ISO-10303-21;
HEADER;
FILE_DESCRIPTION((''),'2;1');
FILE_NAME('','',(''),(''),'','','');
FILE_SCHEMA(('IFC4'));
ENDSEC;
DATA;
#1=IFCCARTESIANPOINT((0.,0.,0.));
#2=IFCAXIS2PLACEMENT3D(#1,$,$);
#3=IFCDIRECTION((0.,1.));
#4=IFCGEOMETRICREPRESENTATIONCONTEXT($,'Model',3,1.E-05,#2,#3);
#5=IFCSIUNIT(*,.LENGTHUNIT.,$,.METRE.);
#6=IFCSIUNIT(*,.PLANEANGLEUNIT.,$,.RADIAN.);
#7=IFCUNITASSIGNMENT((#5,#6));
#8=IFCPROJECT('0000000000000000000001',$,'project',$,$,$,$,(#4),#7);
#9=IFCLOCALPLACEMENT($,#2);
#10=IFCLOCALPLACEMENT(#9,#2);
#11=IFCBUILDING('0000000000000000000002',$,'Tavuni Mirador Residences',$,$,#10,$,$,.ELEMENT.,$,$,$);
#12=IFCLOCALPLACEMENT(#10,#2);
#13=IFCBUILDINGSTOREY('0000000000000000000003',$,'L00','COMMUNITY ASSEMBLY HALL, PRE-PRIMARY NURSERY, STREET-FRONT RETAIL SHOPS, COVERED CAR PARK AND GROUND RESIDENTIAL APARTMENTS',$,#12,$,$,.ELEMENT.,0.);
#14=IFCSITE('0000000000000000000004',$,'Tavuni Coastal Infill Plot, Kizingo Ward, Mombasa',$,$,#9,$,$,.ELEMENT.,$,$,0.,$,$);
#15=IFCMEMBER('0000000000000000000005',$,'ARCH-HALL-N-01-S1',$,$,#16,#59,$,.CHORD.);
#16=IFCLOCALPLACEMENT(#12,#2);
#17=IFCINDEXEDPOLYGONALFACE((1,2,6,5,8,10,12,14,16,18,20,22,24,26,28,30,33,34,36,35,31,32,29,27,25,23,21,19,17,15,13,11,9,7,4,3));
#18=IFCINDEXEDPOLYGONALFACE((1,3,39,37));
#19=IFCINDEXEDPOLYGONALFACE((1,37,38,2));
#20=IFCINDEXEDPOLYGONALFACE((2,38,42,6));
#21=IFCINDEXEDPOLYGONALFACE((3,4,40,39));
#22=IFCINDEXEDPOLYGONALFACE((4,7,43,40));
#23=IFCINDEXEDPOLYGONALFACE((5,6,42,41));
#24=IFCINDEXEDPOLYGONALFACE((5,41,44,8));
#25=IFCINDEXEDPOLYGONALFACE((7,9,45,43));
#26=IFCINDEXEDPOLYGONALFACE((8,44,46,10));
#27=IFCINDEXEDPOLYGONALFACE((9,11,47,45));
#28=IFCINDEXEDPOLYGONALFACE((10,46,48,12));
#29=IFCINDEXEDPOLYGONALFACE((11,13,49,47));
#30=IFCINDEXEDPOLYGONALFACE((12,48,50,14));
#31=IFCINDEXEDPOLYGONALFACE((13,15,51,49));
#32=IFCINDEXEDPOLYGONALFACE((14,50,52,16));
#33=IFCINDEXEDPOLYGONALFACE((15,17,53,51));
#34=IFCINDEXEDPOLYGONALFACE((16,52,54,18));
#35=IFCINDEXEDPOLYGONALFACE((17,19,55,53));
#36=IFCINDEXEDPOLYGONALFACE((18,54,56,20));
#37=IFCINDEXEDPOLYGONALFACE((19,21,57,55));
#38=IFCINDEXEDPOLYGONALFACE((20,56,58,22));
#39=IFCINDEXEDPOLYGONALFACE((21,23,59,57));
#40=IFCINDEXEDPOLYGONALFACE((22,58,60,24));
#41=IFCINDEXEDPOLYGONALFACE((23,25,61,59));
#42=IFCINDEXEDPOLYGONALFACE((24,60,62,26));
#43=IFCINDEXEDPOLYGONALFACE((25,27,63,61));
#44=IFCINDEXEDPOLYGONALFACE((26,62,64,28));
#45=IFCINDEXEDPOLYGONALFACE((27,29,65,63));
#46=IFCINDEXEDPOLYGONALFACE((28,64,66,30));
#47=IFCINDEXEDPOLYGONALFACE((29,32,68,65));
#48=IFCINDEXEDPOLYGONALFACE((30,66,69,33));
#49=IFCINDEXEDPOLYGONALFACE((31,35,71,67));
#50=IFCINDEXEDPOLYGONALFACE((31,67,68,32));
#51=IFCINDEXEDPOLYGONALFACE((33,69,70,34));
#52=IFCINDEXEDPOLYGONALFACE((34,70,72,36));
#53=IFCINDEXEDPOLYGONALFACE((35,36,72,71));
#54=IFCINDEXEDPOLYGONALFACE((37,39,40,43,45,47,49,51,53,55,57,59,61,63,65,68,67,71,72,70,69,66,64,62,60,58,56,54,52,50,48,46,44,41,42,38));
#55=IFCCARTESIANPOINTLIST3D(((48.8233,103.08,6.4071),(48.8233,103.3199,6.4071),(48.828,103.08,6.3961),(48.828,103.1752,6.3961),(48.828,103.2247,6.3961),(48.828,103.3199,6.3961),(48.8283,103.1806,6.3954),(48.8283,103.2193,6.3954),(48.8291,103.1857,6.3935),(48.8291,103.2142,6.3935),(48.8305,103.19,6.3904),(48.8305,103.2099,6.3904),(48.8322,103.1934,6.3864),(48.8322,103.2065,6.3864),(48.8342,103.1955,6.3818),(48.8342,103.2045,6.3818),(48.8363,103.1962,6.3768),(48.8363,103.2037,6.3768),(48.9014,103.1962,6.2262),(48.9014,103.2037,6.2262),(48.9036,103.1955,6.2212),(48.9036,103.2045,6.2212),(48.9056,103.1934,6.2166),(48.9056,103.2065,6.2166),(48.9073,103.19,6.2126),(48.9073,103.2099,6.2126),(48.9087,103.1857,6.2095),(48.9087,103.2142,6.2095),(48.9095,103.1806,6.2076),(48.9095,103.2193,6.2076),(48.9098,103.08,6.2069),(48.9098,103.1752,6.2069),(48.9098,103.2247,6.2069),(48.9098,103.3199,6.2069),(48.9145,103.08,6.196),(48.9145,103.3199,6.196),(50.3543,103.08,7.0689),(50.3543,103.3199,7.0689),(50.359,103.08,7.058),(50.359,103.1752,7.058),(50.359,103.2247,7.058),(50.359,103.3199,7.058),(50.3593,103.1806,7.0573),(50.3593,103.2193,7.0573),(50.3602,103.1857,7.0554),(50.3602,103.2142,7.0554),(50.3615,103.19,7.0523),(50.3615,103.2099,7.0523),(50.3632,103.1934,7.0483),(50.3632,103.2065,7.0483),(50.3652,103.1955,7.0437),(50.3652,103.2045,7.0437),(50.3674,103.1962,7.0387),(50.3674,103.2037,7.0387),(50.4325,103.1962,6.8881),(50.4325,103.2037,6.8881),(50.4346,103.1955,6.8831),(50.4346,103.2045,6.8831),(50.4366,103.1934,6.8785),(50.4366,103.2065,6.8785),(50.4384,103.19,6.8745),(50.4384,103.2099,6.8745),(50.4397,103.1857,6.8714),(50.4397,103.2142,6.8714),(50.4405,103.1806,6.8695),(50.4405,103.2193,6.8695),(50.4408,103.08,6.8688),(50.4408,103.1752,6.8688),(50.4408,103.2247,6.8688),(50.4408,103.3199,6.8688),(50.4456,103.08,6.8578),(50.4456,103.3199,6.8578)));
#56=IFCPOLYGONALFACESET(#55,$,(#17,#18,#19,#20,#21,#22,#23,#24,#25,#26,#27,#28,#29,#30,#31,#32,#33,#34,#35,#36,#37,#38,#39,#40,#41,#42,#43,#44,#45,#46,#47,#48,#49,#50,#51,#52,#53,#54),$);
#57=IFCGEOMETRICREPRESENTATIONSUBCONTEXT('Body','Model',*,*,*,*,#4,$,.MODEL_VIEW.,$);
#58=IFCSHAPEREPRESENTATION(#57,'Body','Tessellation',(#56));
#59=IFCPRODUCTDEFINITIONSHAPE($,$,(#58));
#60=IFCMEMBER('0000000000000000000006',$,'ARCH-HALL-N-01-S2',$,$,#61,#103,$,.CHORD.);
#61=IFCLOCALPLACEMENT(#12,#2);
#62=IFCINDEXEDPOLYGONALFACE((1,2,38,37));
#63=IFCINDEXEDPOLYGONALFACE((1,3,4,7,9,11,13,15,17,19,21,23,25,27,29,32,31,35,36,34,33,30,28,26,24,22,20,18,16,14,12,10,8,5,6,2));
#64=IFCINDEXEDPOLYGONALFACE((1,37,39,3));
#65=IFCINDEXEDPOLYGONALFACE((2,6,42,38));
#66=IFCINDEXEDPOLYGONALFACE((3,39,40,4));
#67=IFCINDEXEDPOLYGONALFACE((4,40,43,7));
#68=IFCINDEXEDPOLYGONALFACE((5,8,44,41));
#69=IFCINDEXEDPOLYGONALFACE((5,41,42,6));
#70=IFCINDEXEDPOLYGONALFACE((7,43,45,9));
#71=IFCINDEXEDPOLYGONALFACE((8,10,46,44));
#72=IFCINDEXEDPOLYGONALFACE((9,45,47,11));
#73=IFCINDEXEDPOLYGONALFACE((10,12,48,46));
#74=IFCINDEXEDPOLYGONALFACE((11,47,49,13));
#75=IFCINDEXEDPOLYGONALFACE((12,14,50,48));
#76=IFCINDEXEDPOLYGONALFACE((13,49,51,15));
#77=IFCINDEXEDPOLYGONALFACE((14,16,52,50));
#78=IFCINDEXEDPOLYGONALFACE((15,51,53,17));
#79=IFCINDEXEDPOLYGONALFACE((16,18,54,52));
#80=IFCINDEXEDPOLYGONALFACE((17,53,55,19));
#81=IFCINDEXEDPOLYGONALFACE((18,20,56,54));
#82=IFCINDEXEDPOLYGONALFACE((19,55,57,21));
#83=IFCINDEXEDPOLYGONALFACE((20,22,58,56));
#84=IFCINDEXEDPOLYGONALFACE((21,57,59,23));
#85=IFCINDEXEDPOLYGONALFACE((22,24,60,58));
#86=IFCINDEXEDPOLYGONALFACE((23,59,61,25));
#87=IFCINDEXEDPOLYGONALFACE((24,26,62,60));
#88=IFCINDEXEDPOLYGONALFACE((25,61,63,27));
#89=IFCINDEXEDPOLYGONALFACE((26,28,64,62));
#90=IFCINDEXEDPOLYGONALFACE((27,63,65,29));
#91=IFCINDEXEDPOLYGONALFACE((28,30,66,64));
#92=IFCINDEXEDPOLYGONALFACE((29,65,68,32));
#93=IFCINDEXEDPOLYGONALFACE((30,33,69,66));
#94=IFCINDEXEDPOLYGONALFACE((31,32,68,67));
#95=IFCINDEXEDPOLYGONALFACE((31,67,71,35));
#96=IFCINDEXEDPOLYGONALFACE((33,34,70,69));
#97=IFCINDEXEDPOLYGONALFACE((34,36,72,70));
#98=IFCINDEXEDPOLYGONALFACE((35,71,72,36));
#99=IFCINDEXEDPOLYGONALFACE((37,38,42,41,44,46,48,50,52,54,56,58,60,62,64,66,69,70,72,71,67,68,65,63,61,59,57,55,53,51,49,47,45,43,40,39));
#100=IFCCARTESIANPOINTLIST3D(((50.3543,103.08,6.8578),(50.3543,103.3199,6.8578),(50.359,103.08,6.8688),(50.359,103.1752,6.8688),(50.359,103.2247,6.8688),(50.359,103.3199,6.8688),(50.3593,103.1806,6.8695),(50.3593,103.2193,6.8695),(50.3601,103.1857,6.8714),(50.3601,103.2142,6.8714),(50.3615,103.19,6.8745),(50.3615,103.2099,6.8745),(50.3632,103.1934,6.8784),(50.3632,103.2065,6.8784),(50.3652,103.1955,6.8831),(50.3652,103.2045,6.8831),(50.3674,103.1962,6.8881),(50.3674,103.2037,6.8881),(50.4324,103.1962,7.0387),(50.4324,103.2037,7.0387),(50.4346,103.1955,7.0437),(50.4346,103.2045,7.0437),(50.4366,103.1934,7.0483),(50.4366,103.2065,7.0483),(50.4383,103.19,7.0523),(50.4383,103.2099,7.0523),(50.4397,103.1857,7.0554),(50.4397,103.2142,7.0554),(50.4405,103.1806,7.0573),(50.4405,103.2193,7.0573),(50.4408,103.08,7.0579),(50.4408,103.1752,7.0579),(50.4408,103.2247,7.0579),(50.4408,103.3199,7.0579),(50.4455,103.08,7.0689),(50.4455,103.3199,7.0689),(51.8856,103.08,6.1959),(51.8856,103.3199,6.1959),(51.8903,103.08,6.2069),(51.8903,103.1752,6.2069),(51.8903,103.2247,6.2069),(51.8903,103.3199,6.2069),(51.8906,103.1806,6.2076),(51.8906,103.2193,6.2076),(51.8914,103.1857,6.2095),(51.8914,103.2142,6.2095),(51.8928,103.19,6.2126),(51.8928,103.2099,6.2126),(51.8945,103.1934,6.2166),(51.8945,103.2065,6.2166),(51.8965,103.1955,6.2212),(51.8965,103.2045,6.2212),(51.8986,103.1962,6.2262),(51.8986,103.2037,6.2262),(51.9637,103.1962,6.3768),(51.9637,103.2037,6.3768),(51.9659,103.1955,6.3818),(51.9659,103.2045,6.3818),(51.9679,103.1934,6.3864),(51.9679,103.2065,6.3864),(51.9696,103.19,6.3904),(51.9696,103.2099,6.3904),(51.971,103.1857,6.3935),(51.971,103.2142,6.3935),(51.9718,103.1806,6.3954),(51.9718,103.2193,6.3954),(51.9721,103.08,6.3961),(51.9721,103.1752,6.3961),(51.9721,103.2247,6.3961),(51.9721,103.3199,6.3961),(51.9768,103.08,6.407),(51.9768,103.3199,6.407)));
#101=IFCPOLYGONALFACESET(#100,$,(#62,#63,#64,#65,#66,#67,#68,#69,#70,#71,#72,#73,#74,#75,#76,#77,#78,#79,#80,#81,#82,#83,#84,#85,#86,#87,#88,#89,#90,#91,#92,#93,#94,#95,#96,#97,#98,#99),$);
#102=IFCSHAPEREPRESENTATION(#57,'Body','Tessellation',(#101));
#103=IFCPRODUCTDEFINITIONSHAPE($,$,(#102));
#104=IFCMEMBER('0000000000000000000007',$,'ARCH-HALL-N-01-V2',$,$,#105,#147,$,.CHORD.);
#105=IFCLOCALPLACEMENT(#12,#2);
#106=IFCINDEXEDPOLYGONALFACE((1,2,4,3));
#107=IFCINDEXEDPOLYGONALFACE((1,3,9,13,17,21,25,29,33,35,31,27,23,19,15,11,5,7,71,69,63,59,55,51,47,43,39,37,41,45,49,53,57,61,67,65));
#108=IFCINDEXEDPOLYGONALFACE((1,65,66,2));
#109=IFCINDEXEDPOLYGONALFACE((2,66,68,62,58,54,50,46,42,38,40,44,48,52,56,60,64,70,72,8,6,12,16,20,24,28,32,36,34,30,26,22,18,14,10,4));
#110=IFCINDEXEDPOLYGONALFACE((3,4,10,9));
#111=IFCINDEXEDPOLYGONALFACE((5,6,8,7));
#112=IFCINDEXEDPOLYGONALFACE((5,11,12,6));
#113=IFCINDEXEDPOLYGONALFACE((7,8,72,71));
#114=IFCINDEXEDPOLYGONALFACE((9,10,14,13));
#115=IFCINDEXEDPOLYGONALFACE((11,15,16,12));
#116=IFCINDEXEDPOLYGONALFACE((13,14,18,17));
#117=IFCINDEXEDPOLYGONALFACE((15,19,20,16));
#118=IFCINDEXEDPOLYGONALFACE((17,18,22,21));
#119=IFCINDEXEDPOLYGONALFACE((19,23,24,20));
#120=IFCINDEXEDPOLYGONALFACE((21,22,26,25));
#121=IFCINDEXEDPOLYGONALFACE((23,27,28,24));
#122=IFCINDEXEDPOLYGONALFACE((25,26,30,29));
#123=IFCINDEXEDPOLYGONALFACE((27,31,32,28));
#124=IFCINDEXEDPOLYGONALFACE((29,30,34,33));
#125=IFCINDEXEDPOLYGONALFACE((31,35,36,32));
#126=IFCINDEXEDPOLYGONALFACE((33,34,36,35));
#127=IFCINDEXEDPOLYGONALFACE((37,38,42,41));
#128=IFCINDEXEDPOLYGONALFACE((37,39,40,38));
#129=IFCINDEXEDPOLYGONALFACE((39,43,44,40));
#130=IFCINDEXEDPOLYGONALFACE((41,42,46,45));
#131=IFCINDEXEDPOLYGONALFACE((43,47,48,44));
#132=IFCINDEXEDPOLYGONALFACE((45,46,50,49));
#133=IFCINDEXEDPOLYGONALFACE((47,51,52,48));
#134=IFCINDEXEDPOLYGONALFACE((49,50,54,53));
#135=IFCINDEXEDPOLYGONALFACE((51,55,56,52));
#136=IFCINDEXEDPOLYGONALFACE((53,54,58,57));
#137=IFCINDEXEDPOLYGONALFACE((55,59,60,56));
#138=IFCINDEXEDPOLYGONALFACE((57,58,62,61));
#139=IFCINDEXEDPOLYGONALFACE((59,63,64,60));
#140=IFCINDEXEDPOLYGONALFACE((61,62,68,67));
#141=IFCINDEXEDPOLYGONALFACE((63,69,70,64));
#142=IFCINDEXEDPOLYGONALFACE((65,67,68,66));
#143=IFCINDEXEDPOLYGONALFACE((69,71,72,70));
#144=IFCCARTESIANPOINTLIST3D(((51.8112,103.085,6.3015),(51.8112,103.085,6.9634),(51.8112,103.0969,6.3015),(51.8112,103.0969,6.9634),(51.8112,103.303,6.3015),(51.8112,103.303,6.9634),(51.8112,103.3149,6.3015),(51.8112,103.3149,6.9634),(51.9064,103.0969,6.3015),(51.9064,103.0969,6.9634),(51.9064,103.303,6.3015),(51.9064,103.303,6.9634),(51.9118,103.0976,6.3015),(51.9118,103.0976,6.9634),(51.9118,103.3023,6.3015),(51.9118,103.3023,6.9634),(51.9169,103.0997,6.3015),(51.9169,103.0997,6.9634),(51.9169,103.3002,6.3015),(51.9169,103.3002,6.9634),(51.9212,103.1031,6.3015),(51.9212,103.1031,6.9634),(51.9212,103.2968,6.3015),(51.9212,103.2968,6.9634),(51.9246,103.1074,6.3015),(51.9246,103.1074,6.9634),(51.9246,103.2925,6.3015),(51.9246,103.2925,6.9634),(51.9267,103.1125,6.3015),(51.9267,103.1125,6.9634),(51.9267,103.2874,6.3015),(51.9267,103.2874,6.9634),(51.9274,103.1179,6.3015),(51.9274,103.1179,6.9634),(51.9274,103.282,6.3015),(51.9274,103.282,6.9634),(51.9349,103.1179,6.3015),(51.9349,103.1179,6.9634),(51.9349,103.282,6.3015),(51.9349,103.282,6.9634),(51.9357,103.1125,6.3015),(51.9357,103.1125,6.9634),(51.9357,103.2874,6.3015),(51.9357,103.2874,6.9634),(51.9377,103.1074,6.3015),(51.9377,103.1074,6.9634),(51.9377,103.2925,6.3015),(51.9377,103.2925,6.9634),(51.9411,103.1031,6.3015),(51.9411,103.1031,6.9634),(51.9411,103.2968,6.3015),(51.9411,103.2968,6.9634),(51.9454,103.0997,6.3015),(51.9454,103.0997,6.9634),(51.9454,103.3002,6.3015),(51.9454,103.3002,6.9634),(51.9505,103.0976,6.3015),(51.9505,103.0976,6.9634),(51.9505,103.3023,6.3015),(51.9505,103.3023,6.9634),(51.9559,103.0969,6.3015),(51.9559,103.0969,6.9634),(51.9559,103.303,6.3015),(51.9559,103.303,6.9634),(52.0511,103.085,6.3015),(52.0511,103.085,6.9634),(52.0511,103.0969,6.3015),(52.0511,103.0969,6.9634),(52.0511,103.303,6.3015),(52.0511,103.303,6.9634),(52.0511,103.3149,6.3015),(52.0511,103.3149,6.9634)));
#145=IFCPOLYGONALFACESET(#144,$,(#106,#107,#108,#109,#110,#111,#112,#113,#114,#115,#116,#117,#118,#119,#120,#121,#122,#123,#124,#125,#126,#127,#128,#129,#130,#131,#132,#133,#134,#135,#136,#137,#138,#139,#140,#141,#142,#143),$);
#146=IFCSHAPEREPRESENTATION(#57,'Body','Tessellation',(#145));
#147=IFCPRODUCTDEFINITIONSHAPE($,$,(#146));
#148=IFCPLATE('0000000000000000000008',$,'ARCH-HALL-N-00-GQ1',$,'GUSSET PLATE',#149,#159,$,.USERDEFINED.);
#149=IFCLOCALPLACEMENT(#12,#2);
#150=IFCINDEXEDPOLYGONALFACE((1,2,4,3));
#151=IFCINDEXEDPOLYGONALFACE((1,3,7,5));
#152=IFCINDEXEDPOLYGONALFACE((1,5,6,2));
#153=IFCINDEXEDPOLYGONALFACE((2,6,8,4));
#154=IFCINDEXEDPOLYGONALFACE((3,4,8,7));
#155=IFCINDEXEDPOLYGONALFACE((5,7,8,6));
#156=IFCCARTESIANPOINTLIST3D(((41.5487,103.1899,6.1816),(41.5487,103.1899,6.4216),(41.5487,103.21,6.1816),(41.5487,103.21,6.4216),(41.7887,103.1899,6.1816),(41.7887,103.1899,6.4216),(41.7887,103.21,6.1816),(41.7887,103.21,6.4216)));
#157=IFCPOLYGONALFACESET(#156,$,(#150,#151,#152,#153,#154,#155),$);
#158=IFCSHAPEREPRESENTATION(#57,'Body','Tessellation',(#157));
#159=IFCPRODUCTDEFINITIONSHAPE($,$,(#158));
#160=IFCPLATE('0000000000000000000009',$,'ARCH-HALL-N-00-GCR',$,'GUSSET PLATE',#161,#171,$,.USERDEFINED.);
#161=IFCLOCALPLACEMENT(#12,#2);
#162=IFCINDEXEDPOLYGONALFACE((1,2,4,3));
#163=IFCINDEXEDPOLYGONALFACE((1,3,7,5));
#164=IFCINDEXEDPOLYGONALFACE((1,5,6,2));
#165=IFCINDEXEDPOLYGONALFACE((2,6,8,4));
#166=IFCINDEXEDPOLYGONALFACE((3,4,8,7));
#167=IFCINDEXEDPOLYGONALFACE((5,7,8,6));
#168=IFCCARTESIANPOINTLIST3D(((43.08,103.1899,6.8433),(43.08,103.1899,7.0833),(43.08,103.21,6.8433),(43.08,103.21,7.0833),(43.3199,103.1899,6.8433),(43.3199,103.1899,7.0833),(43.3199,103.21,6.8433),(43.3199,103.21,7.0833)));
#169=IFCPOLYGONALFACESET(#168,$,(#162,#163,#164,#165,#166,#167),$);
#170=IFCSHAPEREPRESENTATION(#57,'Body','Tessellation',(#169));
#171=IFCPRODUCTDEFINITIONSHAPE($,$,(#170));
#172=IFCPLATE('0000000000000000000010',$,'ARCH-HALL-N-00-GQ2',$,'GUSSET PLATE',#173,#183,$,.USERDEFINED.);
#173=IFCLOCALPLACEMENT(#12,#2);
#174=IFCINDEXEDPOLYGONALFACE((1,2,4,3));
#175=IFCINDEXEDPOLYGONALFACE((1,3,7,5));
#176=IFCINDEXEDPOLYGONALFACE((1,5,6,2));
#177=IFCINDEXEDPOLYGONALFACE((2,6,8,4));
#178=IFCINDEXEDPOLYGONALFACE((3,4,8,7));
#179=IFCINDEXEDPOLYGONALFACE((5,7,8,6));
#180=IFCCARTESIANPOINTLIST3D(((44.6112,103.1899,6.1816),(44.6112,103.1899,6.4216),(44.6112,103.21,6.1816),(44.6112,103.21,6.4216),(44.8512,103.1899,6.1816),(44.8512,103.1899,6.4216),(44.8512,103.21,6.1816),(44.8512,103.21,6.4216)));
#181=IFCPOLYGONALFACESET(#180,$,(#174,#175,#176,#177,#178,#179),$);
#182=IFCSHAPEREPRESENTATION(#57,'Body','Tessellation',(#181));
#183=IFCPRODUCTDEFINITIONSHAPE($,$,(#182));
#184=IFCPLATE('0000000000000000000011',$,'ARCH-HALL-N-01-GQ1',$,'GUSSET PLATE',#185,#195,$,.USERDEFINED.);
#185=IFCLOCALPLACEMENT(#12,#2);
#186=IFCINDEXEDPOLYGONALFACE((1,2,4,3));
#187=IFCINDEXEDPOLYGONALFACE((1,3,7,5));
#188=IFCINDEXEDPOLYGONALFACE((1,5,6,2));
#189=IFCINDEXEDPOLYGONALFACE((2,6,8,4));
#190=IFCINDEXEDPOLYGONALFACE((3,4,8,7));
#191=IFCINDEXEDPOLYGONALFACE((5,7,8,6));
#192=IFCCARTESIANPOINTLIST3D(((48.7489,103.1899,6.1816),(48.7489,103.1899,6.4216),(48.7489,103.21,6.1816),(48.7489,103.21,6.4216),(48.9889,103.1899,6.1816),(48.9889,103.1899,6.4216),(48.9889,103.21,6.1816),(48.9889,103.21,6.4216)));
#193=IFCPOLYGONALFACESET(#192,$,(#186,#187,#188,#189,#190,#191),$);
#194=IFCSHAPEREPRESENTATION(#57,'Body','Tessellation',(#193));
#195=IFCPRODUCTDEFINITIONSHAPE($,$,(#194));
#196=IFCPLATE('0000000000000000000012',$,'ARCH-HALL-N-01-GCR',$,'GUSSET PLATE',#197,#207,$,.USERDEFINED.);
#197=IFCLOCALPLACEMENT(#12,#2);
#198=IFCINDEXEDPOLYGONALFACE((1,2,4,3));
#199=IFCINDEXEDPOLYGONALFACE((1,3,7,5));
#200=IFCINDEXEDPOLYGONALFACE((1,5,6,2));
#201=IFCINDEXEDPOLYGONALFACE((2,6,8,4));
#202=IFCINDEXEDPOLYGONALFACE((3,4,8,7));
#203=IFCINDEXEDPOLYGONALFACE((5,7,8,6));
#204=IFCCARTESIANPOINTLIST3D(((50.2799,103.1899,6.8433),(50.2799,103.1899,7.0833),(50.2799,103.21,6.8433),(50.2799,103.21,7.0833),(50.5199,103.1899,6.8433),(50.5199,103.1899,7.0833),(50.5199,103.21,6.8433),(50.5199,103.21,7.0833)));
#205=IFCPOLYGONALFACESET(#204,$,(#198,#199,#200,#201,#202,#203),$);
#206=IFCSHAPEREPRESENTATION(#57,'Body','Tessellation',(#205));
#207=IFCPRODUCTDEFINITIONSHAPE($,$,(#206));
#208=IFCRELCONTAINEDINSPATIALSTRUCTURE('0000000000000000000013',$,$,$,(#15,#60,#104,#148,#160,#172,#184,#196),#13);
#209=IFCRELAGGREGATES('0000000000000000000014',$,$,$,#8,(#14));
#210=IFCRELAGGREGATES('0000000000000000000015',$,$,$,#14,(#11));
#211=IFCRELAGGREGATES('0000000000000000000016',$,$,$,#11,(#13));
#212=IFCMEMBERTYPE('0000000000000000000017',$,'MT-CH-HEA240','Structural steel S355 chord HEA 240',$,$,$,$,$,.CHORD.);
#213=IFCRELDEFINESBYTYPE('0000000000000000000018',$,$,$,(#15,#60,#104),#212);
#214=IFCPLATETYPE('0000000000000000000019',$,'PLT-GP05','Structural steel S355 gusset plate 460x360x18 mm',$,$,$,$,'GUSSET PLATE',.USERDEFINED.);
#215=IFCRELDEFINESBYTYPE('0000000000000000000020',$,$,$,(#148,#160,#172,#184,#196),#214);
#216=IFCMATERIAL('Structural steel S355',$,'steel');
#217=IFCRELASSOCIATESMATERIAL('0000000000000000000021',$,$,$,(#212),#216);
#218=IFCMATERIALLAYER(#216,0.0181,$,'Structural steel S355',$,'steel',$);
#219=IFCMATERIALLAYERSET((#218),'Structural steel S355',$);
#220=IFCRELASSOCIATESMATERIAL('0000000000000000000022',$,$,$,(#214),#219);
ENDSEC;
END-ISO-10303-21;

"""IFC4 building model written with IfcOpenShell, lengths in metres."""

from ifc_helpers import new_model, si_unit, direction, frame, origin, origin_2d, place, context, subcontext, project, spatial, rectangle, i_section, extrude, material, layer, layer_set, material_profile, profile_set, type_object, element, save


model = new_model("IFC4")

# Units and contexts
model_context = context("Model", 3, precision=1e-05, world=origin(), true_north=direction((0.0, 1.0)))
body_context = subcontext(model_context, "Body", "Model", "MODEL_VIEW")
ifc_project = project(units=[si_unit("LENGTHUNIT", "METRE"), si_unit("PLANEANGLEUNIT", "RADIAN")], contexts=[model_context])

# Site, building, storey
site_placement = place(None, origin())
site = spatial("IfcSite", under=ifc_project, at=site_placement, Name="Tavuni Coastal Infill Plot, Kizingo Ward, Mombasa", CompositionType="ELEMENT", RefElevation=0.0)
building_placement = place(site_placement, origin())
building = spatial("IfcBuilding", under=site, at=building_placement, Name="Tavuni Mirador Residences", CompositionType="ELEMENT")
storey_placement = place(building_placement, origin())
storey = spatial("IfcBuildingStorey", under=building, at=storey_placement, Name="L00", Description="COMMUNITY ASSEMBLY HALL, PRE-PRIMARY NURSERY, STREET-FRONT RETAIL SHOPS, COVERED CAR PARK AND GROUND RESIDENTIAL APARTMENTS", CompositionType="ELEMENT", Elevation=0.0)

# Shared definitions
ifc_material_1 = material(Name="Structural steel S355", Category="steel")

# Members
ifc_material_profile_1 = material_profile(ifc_material_1, i_section(OverallWidth=0.24, OverallDepth=0.23, WebThickness=0.0076, FlangeThickness=0.012, FilletRadius=0.021, at=origin_2d()), Name="HEA 240", Category="steel")
ifc_profile_set_1 = profile_set([ifc_material_profile_1], Name="Structural steel S355")
member_type = type_object("IfcMemberType", Name="MT-CH-HEA240", Description="Structural steel S355 chord HEA 240", PredefinedType="CHORD", material=ifc_profile_set_1)
member_1_placement = place(storey_placement, frame((48.8689, 103.2, 6.3015), z_axis=(0.917899, 0.0, 0.396814), x_axis=(0.0, 1.0, 0.0)))
element("IfcMember", 1, at=member_1_placement, inside=storey, type_object=member_type, Name="ARCH-HALL-N-01-S1", PredefinedType="CHORD", context=body_context, shape_type="SweptSolid", body=[
    extrude(i_section(OverallWidth=0.24, OverallDepth=0.23, WebThickness=0.0076, FlangeThickness=0.012, FilletRadius=0.021, at=origin_2d()), origin(), (0.0, 0.0, 1.0), 1.668),
])
member_2_placement = place(storey_placement, frame((50.3999, 103.2, 6.9634), z_axis=(0.917922, 0.0, -0.396761), x_axis=(0.0, 1.0, 0.0)))
element("IfcMember", 2, at=member_2_placement, inside=storey, type_object=member_type, Name="ARCH-HALL-N-01-S2", PredefinedType="CHORD", context=body_context, shape_type="SweptSolid", body=[
    extrude(i_section(OverallWidth=0.24, OverallDepth=0.23, WebThickness=0.0076, FlangeThickness=0.012, FilletRadius=0.021, at=origin_2d()), origin(), (0.0, 0.0, 1.0), 1.6682),
])
member_3_placement = place(storey_placement, frame((51.9312, 103.2, 6.3015), z_axis=(0.0, 0.0, 1.0), x_axis=(1.0, 0.0, 0.0)))
element("IfcMember", 3, at=member_3_placement, inside=storey, type_object=member_type, Name="ARCH-HALL-N-01-V2", PredefinedType="CHORD", context=body_context, shape_type="SweptSolid", body=[
    extrude(i_section(OverallWidth=0.24, OverallDepth=0.23, WebThickness=0.0076, FlangeThickness=0.012, FilletRadius=0.021, at=origin_2d()), origin(), (0.0, 0.0, 1.0), 0.6619),
])

# Plates
ifc_layer_1 = layer(ifc_material_1, 0.0181, Name="Structural steel S355", Category="steel")
ifc_layer_set_1 = layer_set([ifc_layer_1], Name="Structural steel S355")
plate_type = type_object("IfcPlateType", Name="PLT-GP05", Description="Structural steel S355 gusset plate 460x360x18 mm", ElementType="GUSSET PLATE", PredefinedType="USERDEFINED", material=ifc_layer_set_1)
for number, where, z_axis, x_axis, name in (
    (4, (41.6687, 103.2, 6.1816), (0.0, 0.0, 1.0), (1.0, 0.0, 0.0), "ARCH-HALL-N-00-GQ1"),
    (5, (43.2, 103.2, 6.8433), (0.0, 0.0, 1.0), (1.0, 0.0, 0.0), "ARCH-HALL-N-00-GCR"),
    (6, (44.7312, 103.2, 6.1816), (0.0, 0.0, 1.0), (1.0, 0.0, 0.0), "ARCH-HALL-N-00-GQ2"),
    (7, (48.8689, 103.2, 6.1816), (0.0, 0.0, 1.0), (1.0, 0.0, 0.0), "ARCH-HALL-N-01-GQ1"),
    (8, (50.3999, 103.2, 6.8433), (0.0, 0.0, 1.0), (1.0, 0.0, 0.0), "ARCH-HALL-N-01-GCR"),
):
    element("IfcPlate", number, at=place(storey_placement, frame(where, z_axis=z_axis, x_axis=x_axis)), inside=storey, type_object=plate_type, Name=name, ObjectType="GUSSET PLATE", PredefinedType="USERDEFINED", context=body_context, shape_type="SweptSolid", body=[
        extrude(rectangle(XDim=0.24, YDim=0.02, at=origin_2d()), origin(), (0.0, 0.0, 1.0), 0.24),
    ])

save(model, "model.ifc")
